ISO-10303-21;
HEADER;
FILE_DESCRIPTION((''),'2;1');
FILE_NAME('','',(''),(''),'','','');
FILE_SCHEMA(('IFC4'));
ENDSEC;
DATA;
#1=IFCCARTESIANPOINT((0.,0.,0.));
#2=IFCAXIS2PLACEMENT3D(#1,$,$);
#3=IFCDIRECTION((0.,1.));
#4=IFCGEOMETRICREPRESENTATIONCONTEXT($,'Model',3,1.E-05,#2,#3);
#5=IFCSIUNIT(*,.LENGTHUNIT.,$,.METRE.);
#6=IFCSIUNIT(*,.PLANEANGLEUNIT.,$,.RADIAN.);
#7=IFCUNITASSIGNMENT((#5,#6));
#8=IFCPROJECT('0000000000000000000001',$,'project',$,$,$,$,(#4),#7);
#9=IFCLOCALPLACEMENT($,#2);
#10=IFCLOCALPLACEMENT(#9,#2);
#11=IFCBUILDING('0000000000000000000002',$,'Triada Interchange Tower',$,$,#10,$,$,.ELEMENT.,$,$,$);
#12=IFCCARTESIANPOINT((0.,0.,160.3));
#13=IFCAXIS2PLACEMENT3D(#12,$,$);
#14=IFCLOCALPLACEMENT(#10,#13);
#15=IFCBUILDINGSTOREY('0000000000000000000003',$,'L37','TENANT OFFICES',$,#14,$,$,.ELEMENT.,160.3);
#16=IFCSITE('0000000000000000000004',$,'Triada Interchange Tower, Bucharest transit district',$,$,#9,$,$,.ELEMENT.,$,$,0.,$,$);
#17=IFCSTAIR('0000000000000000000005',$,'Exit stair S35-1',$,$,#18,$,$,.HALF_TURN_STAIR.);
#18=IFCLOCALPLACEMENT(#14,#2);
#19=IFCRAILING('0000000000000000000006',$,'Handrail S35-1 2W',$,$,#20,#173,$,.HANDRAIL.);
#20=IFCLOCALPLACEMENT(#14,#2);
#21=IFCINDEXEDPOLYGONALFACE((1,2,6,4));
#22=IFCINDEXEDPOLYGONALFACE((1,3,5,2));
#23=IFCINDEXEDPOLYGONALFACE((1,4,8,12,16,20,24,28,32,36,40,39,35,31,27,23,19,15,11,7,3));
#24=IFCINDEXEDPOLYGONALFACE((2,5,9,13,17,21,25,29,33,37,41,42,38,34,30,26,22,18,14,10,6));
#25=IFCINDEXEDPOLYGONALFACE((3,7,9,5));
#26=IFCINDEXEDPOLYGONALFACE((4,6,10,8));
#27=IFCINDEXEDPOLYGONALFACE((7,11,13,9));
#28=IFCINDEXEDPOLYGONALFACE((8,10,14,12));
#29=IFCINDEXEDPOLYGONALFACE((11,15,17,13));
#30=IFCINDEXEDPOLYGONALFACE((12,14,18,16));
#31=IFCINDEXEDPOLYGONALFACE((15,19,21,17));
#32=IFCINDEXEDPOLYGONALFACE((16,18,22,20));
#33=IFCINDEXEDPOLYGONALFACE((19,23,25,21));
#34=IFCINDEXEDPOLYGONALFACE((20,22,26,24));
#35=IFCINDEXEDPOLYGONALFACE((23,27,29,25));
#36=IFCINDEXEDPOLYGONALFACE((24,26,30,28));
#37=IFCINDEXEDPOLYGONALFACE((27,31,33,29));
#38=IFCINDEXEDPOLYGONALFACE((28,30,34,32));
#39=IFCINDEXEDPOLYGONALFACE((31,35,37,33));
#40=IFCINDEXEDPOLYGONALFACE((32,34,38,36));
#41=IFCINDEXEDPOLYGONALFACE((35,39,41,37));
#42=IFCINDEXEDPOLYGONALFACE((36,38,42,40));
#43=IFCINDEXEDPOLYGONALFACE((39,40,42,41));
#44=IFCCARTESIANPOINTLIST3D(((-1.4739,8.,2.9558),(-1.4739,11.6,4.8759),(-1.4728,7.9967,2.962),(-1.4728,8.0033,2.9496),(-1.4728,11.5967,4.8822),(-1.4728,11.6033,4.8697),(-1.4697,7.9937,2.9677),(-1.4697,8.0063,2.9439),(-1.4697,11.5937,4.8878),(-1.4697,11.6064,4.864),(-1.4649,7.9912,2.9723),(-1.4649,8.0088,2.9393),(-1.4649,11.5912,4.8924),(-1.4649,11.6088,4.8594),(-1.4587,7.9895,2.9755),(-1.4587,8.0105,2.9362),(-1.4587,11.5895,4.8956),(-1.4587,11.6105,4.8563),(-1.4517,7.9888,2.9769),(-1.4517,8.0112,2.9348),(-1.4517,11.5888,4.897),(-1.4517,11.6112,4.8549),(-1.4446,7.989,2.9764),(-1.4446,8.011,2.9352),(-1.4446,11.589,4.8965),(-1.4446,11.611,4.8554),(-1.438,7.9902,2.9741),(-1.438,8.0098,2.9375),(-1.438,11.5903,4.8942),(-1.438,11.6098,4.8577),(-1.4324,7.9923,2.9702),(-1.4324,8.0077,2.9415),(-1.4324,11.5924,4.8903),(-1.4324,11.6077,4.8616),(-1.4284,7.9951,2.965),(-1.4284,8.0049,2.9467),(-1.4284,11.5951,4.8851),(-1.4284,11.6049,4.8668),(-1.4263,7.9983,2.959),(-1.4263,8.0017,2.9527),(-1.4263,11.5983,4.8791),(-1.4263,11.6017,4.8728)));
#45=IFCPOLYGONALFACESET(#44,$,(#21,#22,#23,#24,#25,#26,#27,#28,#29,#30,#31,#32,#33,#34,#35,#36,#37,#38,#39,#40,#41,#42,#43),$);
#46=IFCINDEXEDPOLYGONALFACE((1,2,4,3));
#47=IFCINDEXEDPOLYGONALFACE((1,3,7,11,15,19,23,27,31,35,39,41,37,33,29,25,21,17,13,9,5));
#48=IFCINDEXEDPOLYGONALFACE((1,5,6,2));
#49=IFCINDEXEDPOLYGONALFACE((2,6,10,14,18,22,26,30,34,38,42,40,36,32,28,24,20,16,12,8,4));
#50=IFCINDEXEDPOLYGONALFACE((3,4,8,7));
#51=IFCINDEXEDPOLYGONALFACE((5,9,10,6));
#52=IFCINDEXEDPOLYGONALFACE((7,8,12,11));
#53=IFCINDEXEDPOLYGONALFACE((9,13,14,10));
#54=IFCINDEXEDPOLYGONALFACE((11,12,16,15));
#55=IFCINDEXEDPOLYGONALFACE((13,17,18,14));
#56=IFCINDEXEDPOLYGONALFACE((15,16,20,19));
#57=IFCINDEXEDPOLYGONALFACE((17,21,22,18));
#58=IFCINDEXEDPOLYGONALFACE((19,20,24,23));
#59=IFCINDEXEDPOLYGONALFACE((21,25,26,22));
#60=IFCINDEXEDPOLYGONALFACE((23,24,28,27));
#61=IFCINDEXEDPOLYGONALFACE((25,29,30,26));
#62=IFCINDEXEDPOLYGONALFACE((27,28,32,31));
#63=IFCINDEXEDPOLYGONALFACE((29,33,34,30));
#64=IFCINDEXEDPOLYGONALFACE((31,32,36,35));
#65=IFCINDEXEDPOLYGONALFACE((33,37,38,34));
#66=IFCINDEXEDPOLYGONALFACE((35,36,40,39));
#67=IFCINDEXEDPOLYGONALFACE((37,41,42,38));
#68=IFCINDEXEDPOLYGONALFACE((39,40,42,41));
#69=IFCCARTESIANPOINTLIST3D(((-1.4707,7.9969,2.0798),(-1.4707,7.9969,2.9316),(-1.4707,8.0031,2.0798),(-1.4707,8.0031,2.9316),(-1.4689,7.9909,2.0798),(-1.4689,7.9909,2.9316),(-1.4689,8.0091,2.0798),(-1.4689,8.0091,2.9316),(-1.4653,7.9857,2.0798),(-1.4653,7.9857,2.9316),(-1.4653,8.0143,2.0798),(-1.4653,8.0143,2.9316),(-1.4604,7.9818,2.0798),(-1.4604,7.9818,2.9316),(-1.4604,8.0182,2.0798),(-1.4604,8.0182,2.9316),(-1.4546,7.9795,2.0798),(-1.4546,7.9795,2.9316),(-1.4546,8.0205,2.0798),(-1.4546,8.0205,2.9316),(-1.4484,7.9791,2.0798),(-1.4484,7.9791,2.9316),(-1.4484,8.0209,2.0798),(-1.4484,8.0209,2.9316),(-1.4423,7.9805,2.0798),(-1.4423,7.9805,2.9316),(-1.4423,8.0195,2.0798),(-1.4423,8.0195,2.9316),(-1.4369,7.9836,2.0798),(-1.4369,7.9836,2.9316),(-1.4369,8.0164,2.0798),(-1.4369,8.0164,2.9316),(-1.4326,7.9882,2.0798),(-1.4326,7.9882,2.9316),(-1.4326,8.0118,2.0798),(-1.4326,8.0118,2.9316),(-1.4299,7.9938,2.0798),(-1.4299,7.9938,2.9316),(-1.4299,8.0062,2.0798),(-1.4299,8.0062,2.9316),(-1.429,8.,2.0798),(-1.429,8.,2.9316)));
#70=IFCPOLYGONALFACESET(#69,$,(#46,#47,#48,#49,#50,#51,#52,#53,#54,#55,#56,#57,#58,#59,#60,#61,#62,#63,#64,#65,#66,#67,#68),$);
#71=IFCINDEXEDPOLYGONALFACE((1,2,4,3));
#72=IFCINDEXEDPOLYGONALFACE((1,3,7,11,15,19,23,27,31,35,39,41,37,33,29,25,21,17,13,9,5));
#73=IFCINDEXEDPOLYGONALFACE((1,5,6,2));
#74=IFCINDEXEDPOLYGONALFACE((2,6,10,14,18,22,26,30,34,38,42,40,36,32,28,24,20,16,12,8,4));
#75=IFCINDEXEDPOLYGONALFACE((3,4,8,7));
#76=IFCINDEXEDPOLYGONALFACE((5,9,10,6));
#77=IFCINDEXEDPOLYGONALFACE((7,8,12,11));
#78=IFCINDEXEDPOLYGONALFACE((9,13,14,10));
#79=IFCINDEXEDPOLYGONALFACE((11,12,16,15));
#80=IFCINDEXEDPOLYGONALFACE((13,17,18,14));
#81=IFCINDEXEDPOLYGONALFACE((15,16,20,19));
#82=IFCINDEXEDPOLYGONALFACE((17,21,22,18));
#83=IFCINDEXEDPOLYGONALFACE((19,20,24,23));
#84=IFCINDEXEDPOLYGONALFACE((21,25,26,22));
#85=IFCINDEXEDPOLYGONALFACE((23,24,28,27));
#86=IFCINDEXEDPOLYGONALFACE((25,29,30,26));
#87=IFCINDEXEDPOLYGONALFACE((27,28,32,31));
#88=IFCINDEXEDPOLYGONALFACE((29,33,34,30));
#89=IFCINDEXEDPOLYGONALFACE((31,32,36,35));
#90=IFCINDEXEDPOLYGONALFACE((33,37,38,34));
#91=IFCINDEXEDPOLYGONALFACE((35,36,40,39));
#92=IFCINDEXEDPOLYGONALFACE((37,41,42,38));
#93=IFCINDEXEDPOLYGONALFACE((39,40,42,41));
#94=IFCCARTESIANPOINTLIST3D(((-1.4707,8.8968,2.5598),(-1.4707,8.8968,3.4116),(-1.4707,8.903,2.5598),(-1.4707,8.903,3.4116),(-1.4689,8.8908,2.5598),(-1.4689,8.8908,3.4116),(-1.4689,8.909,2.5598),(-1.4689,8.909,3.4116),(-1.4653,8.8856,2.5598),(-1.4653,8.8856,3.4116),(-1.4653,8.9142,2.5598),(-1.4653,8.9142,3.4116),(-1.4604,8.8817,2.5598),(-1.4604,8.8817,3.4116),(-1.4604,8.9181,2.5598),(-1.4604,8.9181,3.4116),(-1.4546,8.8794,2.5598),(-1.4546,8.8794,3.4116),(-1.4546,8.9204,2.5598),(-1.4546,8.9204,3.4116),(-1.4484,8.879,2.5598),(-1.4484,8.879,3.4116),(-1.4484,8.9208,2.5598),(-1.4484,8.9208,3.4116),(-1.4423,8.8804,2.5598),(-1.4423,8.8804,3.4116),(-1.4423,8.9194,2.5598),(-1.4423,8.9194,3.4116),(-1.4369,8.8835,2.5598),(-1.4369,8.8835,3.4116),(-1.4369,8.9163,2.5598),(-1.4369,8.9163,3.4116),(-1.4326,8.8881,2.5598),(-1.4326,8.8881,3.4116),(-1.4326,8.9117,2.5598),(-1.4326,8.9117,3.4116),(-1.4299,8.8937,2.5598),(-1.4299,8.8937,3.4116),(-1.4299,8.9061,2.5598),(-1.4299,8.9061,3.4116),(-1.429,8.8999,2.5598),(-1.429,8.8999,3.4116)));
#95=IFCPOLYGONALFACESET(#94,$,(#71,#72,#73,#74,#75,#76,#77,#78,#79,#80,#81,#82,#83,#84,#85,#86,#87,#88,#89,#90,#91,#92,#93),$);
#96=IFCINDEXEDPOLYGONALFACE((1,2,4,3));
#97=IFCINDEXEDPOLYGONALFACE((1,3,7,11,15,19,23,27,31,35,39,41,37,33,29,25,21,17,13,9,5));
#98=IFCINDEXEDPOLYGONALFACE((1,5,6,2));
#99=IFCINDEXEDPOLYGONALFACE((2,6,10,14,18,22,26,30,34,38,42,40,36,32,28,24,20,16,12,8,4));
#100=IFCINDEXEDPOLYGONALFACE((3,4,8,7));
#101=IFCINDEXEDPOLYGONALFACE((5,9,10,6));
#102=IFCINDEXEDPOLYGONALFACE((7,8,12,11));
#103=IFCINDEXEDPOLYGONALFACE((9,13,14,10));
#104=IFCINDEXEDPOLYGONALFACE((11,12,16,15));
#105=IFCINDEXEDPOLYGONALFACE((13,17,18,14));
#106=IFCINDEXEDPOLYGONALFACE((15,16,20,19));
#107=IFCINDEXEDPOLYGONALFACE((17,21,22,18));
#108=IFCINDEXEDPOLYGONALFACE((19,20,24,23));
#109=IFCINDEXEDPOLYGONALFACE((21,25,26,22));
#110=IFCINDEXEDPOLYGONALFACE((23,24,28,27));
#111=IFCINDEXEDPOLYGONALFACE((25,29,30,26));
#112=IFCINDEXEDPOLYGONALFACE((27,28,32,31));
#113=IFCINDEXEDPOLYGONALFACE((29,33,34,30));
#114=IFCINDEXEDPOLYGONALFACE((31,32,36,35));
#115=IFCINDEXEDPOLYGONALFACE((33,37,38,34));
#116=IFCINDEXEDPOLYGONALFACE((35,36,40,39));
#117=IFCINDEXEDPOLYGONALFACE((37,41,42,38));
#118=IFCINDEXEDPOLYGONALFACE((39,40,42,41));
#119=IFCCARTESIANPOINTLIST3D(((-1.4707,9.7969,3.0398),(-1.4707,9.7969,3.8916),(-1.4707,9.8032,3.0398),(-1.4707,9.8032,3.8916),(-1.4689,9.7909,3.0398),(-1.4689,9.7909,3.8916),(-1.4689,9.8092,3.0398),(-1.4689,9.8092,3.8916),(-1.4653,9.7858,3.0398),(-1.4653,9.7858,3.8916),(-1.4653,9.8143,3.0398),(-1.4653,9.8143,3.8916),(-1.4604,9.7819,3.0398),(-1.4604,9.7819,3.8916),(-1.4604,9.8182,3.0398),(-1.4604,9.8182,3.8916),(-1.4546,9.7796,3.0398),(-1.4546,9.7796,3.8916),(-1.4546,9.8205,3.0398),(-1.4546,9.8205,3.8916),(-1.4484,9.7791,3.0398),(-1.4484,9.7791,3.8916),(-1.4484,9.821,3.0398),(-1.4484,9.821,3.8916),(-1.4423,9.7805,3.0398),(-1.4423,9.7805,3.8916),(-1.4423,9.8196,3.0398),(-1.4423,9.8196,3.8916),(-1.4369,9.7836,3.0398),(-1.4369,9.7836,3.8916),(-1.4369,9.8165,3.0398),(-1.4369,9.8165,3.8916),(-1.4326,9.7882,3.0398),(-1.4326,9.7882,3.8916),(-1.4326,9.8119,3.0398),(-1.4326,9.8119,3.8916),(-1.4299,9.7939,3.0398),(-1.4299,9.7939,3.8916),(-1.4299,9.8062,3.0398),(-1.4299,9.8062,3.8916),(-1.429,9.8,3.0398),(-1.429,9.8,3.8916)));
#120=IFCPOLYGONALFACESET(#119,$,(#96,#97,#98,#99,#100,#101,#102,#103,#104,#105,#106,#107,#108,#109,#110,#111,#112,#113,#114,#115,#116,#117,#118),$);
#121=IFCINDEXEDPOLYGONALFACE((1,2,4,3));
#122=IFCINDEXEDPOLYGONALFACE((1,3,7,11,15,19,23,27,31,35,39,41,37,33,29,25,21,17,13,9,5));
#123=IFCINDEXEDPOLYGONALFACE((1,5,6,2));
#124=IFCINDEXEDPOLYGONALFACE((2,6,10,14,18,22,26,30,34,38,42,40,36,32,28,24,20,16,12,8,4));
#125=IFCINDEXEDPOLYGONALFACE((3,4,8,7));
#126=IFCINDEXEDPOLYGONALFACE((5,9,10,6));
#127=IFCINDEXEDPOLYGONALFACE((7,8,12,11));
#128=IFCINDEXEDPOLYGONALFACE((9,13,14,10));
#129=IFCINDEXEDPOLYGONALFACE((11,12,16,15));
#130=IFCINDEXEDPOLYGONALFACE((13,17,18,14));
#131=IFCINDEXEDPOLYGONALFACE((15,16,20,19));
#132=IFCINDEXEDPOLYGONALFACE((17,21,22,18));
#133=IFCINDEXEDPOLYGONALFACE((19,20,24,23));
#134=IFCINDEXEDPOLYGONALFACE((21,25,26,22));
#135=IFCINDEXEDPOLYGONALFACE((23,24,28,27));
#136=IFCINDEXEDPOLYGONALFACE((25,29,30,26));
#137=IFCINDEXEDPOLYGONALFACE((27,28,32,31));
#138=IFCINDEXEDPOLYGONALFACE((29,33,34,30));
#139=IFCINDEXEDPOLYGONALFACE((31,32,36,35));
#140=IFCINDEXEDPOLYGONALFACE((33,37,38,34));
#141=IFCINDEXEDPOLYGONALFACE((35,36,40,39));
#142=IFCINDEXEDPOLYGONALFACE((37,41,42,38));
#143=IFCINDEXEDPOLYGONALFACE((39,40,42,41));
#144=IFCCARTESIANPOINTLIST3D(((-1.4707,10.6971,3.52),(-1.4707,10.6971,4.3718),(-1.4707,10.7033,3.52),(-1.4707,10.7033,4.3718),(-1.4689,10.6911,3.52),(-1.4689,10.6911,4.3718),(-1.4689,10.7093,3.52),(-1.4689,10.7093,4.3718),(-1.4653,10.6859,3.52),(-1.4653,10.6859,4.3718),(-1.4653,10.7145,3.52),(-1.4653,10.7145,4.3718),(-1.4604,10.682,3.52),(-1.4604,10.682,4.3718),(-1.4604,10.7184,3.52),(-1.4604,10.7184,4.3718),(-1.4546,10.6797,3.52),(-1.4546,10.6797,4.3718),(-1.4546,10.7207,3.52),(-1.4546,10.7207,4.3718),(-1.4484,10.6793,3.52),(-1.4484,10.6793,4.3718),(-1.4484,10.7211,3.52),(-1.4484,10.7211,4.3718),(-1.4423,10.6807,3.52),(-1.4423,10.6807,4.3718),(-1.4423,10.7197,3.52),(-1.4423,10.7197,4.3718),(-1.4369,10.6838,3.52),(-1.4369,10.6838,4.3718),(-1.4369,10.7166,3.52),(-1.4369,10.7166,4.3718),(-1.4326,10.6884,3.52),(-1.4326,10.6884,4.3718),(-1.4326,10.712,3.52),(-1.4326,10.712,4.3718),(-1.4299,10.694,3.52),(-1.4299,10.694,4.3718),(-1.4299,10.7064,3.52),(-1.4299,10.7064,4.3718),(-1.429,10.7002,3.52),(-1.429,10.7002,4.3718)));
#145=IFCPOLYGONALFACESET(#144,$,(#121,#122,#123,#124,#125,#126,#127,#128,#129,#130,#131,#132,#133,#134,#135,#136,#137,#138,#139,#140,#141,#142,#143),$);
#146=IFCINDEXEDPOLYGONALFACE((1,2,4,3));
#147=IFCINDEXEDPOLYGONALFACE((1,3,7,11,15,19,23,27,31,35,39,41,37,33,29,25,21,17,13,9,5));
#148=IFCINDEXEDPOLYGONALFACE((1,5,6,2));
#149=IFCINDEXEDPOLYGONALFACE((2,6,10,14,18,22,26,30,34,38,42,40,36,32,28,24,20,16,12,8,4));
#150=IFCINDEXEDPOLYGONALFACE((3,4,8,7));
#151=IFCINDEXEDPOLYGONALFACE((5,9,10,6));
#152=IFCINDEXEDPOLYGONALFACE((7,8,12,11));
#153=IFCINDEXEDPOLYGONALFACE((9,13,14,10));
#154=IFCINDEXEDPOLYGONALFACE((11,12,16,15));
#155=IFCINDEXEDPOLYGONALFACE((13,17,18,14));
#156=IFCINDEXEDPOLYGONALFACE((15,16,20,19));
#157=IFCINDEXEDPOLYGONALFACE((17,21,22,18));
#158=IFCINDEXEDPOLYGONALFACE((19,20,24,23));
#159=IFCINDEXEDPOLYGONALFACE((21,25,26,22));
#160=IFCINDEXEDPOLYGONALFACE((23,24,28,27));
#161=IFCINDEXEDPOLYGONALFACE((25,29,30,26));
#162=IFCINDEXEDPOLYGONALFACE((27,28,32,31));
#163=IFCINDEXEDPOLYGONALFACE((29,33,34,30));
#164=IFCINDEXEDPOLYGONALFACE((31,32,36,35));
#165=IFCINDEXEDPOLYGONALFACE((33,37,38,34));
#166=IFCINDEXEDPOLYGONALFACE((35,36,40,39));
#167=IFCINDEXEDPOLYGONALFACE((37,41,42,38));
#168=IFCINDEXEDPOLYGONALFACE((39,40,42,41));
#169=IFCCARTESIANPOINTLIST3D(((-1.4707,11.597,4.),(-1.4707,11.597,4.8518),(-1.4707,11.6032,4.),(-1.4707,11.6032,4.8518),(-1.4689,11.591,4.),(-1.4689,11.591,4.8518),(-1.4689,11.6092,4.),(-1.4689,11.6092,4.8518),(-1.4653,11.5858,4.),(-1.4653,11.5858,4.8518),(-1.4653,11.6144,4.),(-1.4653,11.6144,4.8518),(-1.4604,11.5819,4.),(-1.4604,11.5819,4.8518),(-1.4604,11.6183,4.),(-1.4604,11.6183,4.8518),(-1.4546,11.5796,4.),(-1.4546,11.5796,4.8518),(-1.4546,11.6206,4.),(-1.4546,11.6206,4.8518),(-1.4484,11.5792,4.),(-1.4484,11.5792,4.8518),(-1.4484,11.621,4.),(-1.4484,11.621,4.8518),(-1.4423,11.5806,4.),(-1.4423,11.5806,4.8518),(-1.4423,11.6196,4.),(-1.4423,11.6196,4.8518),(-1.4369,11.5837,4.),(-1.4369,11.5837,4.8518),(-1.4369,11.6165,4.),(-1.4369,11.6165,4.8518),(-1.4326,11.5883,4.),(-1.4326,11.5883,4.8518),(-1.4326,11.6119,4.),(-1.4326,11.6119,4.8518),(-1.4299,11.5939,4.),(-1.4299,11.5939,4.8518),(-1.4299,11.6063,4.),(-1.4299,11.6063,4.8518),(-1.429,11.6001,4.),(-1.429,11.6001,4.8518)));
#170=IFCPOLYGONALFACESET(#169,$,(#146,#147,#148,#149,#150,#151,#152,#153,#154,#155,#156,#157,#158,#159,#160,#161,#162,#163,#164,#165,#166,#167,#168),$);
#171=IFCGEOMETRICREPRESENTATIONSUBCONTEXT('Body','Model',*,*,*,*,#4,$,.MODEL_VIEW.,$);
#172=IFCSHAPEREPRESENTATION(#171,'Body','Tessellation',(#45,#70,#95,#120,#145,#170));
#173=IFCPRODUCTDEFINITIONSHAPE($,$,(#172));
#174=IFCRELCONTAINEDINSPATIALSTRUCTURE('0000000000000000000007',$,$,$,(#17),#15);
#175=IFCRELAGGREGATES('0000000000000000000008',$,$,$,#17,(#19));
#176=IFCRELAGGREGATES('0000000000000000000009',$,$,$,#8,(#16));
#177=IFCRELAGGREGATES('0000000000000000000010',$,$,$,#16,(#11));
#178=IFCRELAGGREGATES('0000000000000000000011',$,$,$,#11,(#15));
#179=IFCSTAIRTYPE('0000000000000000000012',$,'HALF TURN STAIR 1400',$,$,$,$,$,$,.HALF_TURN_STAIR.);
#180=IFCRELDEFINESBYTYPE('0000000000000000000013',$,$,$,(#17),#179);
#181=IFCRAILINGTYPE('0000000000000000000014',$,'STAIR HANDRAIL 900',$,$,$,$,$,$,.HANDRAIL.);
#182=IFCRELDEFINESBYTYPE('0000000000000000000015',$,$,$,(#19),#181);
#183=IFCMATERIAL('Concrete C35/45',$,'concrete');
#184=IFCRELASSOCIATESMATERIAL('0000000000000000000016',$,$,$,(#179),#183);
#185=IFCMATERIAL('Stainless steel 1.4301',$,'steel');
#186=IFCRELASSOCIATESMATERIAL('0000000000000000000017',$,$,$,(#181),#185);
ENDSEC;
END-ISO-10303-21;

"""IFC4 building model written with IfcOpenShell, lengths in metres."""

from ifc_helpers import new_model, si_unit, direction, frame, origin, origin_2d, place, context, subcontext, project, spatial, circle, extrude, material, type_object, element, aggregate, save


model = new_model("IFC4")

# Units and contexts
model_context = context("Model", 3, precision=1e-05, world=origin(), true_north=direction((0.0, 1.0)))
body_context = subcontext(model_context, "Body", "Model", "MODEL_VIEW")
ifc_project = project(units=[si_unit("LENGTHUNIT", "METRE"), si_unit("PLANEANGLEUNIT", "RADIAN")], contexts=[model_context])

# Site, building, storey
site_placement = place(None, origin())
site = spatial("IfcSite", under=ifc_project, at=site_placement, Name="Triada Interchange Tower, Bucharest transit district", CompositionType="ELEMENT", RefElevation=0.0)
building_placement = place(site_placement, origin())
building = spatial("IfcBuilding", under=site, at=building_placement, Name="Triada Interchange Tower", CompositionType="ELEMENT")
storey_placement = place(building_placement, frame((0.0, 0.0, 160.3)))
storey = spatial("IfcBuildingStorey", under=building, at=storey_placement, Name="L37", Description="TENANT OFFICES", CompositionType="ELEMENT", Elevation=160.3)

# Stair, railing
ifc_material_1 = material(Name="Concrete C35/45", Category="concrete")
stair_type = type_object("IfcStairType", Name="HALF TURN STAIR 1400", PredefinedType="HALF_TURN_STAIR", material=ifc_material_1)
stair_placement = place(storey_placement, origin())
stair = element("IfcStair", 1, at=stair_placement, inside=storey, type_object=stair_type, Name="Exit stair S35-1", PredefinedType="HALF_TURN_STAIR")
ifc_material_2 = material(Name="Stainless steel 1.4301", Category="steel")
railing_type = type_object("IfcRailingType", Name="STAIR HANDRAIL 900", PredefinedType="HANDRAIL", material=ifc_material_2)
railing_placement = place(storey_placement, frame((-1.45, 8.0, 2.0798)))
railing = element("IfcRailing", 2, at=railing_placement, type_object=railing_type, Name="Handrail S35-1 2W", PredefinedType="HANDRAIL", context=body_context, shape_type="SweptSolid", body=[
    extrude(circle(Radius=0.0239, at=origin_2d()), frame((0.0, 0.0, 0.876), z_axis=(0.0, 0.882341, 0.47061), x_axis=(-1.0, 0.0, 0.0)), (0.0, 0.0, 1.0), 4.0801),
    extrude(circle(Radius=0.021, at=origin_2d()), origin(), (0.0, 0.0, 1.0), 0.8518),
    extrude(circle(Radius=0.021, at=origin_2d()), frame((0.0, 0.8999, 0.48)), (0.0, 0.0, 1.0), 0.8518),
    extrude(circle(Radius=0.021, at=origin_2d()), frame((0.0, 1.8, 0.96)), (0.0, 0.0, 1.0), 0.8518),
    extrude(circle(Radius=0.021, at=origin_2d()), frame((0.0, 2.7002, 1.4402)), (0.0, 0.0, 1.0), 0.8518),
    extrude(circle(Radius=0.021, at=origin_2d()), frame((0.0, 3.6001, 1.9202)), (0.0, 0.0, 1.0), 0.8518),
])
aggregate(stair, [railing])

save(model, "model.ifc")
